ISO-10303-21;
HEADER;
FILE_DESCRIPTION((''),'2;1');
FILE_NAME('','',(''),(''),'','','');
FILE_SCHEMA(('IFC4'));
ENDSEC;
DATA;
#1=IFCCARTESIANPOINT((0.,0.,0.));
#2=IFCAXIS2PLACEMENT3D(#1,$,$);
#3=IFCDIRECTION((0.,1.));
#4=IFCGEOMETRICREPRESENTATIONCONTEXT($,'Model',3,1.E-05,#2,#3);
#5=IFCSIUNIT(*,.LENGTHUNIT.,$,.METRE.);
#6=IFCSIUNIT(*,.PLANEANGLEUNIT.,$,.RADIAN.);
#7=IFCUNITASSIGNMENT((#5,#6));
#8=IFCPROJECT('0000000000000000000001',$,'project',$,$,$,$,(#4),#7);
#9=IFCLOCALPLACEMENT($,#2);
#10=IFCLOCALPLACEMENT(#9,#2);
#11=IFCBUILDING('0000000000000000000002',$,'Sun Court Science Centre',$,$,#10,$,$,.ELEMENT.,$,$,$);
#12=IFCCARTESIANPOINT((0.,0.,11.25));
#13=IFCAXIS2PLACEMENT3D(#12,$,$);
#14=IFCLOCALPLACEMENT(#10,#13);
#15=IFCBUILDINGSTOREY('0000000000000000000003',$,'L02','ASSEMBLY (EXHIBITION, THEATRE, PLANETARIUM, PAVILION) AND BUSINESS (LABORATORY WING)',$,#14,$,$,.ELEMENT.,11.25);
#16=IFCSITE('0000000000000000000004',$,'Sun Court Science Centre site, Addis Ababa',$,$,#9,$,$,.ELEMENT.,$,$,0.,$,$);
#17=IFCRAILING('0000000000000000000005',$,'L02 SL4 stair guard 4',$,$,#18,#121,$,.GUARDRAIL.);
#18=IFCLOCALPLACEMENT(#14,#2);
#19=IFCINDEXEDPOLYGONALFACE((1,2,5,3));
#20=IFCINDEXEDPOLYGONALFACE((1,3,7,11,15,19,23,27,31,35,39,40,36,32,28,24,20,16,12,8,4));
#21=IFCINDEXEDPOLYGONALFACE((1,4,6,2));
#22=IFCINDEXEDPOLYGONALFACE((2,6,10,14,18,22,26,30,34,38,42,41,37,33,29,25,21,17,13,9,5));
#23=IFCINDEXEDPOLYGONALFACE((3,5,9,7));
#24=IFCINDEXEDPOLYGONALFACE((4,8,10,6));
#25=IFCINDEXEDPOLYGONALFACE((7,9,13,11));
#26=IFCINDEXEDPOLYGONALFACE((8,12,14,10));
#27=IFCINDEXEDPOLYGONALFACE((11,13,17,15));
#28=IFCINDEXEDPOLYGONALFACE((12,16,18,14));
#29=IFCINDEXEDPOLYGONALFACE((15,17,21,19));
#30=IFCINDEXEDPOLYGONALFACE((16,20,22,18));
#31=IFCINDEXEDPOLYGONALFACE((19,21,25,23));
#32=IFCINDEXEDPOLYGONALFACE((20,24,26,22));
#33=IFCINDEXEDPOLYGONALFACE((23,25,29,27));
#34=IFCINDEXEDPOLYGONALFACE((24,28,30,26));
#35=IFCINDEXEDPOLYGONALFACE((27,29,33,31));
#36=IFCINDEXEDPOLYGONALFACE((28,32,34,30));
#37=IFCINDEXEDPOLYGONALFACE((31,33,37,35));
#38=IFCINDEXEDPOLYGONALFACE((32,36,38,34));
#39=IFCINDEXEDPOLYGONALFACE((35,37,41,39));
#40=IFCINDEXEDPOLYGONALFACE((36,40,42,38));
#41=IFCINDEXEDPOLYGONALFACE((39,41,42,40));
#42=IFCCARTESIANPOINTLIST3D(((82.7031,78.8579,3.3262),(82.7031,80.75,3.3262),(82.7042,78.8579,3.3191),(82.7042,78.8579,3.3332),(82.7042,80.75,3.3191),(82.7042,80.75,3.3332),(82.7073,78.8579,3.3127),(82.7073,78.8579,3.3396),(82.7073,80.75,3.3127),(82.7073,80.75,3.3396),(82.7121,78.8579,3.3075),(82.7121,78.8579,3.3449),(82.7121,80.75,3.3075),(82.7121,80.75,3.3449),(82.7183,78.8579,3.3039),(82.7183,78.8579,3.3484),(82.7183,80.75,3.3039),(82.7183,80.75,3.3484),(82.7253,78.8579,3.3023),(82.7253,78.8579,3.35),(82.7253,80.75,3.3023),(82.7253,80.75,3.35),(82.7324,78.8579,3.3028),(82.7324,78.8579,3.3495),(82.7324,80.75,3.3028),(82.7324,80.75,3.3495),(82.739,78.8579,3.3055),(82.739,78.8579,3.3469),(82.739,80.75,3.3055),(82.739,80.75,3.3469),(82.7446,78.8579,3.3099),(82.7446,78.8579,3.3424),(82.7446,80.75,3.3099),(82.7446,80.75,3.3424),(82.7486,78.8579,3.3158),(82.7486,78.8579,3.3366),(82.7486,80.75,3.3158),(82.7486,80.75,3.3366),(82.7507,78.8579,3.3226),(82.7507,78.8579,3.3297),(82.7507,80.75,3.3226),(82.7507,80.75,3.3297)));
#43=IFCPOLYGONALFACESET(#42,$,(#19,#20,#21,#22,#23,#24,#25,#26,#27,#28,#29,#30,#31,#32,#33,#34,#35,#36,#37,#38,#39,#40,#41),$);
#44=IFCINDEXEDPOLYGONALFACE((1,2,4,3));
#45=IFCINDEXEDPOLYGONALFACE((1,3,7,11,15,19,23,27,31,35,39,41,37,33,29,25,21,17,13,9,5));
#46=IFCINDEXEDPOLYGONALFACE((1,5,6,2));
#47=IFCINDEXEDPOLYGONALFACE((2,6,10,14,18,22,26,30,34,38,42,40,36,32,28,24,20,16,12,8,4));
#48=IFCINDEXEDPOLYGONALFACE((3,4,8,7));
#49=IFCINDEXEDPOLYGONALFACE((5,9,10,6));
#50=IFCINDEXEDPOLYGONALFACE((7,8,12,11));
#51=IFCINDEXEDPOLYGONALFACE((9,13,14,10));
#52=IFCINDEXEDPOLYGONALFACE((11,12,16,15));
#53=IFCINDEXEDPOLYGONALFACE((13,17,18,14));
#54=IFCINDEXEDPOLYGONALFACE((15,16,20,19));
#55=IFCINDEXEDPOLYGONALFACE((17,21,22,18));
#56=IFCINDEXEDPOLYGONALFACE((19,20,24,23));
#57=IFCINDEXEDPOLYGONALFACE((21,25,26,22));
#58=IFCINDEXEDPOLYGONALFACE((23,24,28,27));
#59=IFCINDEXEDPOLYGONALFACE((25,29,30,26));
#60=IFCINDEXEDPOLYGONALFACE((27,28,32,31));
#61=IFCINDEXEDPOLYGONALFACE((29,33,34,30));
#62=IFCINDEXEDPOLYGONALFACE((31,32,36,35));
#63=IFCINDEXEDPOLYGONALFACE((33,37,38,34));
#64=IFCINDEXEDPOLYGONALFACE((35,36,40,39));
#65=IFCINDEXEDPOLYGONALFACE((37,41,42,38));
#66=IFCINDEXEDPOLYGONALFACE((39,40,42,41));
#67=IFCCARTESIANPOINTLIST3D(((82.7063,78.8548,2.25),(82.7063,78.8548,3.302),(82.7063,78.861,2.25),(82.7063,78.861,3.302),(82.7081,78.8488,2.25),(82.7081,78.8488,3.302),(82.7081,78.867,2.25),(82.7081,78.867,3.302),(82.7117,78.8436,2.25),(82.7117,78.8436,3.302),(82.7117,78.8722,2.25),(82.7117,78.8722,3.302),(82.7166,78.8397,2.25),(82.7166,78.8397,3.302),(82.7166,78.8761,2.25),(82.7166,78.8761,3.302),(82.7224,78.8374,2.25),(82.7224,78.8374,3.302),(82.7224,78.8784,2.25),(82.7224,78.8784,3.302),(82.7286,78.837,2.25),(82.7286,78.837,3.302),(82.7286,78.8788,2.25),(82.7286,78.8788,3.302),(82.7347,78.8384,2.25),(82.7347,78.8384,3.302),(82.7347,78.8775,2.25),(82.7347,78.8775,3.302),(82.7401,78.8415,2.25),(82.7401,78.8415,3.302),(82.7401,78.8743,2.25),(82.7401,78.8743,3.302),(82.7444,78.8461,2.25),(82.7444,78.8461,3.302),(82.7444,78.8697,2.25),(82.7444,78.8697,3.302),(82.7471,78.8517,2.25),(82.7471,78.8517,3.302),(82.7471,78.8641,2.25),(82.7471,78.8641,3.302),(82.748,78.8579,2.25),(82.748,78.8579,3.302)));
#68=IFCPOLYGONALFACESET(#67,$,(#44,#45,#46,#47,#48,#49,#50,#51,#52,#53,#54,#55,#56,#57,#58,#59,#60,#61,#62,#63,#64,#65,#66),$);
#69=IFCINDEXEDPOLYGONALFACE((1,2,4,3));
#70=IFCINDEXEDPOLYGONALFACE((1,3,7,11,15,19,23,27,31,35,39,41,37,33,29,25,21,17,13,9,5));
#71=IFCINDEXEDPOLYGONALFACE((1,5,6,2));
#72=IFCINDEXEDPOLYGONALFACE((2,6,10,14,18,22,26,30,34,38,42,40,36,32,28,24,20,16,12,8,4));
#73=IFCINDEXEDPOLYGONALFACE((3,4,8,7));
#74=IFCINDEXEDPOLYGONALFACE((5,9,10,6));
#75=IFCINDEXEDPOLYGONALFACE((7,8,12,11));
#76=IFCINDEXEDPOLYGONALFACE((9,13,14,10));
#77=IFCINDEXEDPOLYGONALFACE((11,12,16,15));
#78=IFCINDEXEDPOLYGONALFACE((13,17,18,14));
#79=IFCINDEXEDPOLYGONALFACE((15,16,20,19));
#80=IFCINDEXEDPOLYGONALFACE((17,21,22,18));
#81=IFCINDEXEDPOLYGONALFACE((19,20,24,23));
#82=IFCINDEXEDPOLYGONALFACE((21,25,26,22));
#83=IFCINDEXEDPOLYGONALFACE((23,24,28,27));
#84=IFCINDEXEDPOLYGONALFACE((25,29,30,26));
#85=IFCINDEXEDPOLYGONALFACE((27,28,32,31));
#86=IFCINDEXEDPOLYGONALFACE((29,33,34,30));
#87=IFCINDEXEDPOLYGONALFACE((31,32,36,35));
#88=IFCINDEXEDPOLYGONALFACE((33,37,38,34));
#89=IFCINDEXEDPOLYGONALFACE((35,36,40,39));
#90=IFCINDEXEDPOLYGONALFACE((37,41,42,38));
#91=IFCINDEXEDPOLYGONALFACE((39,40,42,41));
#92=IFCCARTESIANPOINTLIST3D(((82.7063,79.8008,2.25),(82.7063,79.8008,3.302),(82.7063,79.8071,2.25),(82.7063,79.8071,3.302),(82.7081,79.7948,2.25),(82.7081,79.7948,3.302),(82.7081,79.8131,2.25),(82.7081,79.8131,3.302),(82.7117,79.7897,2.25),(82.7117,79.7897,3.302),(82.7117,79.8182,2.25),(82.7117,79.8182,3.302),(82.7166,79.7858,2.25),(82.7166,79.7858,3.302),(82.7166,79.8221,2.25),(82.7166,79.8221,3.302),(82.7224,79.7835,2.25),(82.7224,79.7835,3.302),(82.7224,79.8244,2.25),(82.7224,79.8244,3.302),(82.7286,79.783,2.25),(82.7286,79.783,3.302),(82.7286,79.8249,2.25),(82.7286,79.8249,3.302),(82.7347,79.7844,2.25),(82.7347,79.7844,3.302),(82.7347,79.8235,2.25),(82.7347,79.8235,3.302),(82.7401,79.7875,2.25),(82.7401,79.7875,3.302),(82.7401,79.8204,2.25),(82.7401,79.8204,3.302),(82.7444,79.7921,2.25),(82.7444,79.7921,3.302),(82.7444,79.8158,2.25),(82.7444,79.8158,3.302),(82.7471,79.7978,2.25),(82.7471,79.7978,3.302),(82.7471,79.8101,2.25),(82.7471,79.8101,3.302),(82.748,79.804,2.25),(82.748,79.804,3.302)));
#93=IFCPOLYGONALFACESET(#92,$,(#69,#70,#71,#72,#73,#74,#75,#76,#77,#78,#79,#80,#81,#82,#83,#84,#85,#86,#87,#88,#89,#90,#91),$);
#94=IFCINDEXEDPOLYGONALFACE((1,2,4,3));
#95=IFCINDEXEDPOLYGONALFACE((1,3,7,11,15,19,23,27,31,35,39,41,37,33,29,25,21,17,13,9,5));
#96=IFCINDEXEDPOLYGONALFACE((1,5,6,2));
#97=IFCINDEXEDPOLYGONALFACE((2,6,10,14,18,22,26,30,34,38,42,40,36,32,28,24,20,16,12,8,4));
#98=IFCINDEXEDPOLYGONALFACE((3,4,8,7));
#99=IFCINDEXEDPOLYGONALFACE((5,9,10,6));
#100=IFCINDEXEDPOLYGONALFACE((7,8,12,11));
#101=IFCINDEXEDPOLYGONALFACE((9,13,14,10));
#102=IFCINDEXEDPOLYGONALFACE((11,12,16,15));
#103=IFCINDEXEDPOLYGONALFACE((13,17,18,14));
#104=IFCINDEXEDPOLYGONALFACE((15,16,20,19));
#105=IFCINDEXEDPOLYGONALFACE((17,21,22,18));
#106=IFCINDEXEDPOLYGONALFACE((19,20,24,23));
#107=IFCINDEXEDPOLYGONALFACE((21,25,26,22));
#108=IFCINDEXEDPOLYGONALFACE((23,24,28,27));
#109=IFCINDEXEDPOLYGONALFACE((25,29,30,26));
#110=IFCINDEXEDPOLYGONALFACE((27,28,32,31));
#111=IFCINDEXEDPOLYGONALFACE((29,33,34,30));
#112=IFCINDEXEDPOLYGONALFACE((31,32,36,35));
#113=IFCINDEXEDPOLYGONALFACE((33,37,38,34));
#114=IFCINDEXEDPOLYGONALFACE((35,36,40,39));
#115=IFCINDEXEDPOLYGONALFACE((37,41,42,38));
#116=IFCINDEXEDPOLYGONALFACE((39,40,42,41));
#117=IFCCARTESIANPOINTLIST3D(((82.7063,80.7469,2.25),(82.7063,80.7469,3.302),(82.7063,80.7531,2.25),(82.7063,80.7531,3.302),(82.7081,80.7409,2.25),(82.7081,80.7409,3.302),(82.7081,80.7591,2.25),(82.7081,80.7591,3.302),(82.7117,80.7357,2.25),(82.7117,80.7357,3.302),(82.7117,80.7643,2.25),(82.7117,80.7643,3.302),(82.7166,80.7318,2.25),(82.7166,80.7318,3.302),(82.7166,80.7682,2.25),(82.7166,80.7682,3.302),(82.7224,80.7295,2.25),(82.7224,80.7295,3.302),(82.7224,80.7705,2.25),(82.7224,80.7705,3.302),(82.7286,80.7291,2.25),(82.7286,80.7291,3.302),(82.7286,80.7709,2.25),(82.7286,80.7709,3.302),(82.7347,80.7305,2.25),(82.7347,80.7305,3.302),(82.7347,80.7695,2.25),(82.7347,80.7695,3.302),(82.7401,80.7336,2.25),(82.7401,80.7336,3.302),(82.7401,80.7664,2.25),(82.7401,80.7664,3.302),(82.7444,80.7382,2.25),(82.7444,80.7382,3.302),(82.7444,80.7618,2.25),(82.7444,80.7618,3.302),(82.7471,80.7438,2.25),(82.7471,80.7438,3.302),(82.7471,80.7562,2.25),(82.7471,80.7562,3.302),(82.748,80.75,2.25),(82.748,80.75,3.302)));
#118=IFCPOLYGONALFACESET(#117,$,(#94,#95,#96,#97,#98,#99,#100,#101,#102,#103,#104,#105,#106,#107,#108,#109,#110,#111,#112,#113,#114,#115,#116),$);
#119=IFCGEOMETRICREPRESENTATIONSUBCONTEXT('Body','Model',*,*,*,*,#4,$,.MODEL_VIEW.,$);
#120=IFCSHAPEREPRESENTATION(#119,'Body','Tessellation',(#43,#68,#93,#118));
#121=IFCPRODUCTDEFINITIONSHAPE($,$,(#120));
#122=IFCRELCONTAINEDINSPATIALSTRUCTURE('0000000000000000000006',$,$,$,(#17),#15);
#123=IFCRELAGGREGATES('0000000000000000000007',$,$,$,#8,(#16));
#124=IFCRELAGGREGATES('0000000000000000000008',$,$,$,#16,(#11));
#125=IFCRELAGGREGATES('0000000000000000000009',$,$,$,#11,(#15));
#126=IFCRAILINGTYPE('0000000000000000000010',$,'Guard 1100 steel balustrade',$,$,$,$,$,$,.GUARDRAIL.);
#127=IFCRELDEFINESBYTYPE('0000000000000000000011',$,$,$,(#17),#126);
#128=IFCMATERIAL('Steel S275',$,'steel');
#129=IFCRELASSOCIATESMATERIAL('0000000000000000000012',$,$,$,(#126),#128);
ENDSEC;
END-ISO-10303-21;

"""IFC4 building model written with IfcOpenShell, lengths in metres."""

from ifc_helpers import new_model, si_unit, direction, frame, origin, origin_2d, place, context, subcontext, project, spatial, circle, extrude, material, type_object, element, save


model = new_model("IFC4")

# Units and contexts
model_context = context("Model", 3, precision=1e-05, world=origin(), true_north=direction((0.0, 1.0)))
body_context = subcontext(model_context, "Body", "Model", "MODEL_VIEW")
ifc_project = project(units=[si_unit("LENGTHUNIT", "METRE"), si_unit("PLANEANGLEUNIT", "RADIAN")], contexts=[model_context])

# Site, building, storey
site_placement = place(None, origin())
site = spatial("IfcSite", under=ifc_project, at=site_placement, Name="Sun Court Science Centre site, Addis Ababa", CompositionType="ELEMENT", RefElevation=0.0)
building_placement = place(site_placement, origin())
building = spatial("IfcBuilding", under=site, at=building_placement, Name="Sun Court Science Centre", CompositionType="ELEMENT")
storey_placement = place(building_placement, frame((0.0, 0.0, 11.25)))
storey = spatial("IfcBuildingStorey", under=building, at=storey_placement, Name="L02", Description="ASSEMBLY (EXHIBITION, THEATRE, PLANETARIUM, PAVILION) AND BUSINESS (LABORATORY WING)", CompositionType="ELEMENT", Elevation=11.25)

# Railing
ifc_material_1 = material(Name="Steel S275", Category="steel")
railing_type_1 = type_object("IfcRailingType", Name="Guard 1100 steel balustrade", PredefinedType="GUARDRAIL", material=ifc_material_1)
railing_1_placement = place(storey_placement, frame((82.7271, 78.8579, 2.25)))
element("IfcRailing", 1, at=railing_1_placement, inside=storey, type_object=railing_type_1, Name="L02 SL4 stair guard 4", PredefinedType="GUARDRAIL", context=body_context, shape_type="SweptSolid", body=[
    extrude(circle(Radius=0.0239, at=origin_2d()), frame((0.0, 0.0, 1.0762), z_axis=(0.0, 1.0, 0.0), x_axis=(-1.0, 0.0, 0.0)), (0.0, 0.0, 1.0), 1.8921),
    extrude(circle(Radius=0.021, at=origin_2d()), origin(), (0.0, 0.0, 1.0), 1.052),
    extrude(circle(Radius=0.021, at=origin_2d()), frame((0.0, 0.946, 0.0)), (0.0, 0.0, 1.0), 1.052),
    extrude(circle(Radius=0.021, at=origin_2d()), frame((0.0, 1.8921, 0.0)), (0.0, 0.0, 1.0), 1.052),
])

save(model, "model.ifc")
